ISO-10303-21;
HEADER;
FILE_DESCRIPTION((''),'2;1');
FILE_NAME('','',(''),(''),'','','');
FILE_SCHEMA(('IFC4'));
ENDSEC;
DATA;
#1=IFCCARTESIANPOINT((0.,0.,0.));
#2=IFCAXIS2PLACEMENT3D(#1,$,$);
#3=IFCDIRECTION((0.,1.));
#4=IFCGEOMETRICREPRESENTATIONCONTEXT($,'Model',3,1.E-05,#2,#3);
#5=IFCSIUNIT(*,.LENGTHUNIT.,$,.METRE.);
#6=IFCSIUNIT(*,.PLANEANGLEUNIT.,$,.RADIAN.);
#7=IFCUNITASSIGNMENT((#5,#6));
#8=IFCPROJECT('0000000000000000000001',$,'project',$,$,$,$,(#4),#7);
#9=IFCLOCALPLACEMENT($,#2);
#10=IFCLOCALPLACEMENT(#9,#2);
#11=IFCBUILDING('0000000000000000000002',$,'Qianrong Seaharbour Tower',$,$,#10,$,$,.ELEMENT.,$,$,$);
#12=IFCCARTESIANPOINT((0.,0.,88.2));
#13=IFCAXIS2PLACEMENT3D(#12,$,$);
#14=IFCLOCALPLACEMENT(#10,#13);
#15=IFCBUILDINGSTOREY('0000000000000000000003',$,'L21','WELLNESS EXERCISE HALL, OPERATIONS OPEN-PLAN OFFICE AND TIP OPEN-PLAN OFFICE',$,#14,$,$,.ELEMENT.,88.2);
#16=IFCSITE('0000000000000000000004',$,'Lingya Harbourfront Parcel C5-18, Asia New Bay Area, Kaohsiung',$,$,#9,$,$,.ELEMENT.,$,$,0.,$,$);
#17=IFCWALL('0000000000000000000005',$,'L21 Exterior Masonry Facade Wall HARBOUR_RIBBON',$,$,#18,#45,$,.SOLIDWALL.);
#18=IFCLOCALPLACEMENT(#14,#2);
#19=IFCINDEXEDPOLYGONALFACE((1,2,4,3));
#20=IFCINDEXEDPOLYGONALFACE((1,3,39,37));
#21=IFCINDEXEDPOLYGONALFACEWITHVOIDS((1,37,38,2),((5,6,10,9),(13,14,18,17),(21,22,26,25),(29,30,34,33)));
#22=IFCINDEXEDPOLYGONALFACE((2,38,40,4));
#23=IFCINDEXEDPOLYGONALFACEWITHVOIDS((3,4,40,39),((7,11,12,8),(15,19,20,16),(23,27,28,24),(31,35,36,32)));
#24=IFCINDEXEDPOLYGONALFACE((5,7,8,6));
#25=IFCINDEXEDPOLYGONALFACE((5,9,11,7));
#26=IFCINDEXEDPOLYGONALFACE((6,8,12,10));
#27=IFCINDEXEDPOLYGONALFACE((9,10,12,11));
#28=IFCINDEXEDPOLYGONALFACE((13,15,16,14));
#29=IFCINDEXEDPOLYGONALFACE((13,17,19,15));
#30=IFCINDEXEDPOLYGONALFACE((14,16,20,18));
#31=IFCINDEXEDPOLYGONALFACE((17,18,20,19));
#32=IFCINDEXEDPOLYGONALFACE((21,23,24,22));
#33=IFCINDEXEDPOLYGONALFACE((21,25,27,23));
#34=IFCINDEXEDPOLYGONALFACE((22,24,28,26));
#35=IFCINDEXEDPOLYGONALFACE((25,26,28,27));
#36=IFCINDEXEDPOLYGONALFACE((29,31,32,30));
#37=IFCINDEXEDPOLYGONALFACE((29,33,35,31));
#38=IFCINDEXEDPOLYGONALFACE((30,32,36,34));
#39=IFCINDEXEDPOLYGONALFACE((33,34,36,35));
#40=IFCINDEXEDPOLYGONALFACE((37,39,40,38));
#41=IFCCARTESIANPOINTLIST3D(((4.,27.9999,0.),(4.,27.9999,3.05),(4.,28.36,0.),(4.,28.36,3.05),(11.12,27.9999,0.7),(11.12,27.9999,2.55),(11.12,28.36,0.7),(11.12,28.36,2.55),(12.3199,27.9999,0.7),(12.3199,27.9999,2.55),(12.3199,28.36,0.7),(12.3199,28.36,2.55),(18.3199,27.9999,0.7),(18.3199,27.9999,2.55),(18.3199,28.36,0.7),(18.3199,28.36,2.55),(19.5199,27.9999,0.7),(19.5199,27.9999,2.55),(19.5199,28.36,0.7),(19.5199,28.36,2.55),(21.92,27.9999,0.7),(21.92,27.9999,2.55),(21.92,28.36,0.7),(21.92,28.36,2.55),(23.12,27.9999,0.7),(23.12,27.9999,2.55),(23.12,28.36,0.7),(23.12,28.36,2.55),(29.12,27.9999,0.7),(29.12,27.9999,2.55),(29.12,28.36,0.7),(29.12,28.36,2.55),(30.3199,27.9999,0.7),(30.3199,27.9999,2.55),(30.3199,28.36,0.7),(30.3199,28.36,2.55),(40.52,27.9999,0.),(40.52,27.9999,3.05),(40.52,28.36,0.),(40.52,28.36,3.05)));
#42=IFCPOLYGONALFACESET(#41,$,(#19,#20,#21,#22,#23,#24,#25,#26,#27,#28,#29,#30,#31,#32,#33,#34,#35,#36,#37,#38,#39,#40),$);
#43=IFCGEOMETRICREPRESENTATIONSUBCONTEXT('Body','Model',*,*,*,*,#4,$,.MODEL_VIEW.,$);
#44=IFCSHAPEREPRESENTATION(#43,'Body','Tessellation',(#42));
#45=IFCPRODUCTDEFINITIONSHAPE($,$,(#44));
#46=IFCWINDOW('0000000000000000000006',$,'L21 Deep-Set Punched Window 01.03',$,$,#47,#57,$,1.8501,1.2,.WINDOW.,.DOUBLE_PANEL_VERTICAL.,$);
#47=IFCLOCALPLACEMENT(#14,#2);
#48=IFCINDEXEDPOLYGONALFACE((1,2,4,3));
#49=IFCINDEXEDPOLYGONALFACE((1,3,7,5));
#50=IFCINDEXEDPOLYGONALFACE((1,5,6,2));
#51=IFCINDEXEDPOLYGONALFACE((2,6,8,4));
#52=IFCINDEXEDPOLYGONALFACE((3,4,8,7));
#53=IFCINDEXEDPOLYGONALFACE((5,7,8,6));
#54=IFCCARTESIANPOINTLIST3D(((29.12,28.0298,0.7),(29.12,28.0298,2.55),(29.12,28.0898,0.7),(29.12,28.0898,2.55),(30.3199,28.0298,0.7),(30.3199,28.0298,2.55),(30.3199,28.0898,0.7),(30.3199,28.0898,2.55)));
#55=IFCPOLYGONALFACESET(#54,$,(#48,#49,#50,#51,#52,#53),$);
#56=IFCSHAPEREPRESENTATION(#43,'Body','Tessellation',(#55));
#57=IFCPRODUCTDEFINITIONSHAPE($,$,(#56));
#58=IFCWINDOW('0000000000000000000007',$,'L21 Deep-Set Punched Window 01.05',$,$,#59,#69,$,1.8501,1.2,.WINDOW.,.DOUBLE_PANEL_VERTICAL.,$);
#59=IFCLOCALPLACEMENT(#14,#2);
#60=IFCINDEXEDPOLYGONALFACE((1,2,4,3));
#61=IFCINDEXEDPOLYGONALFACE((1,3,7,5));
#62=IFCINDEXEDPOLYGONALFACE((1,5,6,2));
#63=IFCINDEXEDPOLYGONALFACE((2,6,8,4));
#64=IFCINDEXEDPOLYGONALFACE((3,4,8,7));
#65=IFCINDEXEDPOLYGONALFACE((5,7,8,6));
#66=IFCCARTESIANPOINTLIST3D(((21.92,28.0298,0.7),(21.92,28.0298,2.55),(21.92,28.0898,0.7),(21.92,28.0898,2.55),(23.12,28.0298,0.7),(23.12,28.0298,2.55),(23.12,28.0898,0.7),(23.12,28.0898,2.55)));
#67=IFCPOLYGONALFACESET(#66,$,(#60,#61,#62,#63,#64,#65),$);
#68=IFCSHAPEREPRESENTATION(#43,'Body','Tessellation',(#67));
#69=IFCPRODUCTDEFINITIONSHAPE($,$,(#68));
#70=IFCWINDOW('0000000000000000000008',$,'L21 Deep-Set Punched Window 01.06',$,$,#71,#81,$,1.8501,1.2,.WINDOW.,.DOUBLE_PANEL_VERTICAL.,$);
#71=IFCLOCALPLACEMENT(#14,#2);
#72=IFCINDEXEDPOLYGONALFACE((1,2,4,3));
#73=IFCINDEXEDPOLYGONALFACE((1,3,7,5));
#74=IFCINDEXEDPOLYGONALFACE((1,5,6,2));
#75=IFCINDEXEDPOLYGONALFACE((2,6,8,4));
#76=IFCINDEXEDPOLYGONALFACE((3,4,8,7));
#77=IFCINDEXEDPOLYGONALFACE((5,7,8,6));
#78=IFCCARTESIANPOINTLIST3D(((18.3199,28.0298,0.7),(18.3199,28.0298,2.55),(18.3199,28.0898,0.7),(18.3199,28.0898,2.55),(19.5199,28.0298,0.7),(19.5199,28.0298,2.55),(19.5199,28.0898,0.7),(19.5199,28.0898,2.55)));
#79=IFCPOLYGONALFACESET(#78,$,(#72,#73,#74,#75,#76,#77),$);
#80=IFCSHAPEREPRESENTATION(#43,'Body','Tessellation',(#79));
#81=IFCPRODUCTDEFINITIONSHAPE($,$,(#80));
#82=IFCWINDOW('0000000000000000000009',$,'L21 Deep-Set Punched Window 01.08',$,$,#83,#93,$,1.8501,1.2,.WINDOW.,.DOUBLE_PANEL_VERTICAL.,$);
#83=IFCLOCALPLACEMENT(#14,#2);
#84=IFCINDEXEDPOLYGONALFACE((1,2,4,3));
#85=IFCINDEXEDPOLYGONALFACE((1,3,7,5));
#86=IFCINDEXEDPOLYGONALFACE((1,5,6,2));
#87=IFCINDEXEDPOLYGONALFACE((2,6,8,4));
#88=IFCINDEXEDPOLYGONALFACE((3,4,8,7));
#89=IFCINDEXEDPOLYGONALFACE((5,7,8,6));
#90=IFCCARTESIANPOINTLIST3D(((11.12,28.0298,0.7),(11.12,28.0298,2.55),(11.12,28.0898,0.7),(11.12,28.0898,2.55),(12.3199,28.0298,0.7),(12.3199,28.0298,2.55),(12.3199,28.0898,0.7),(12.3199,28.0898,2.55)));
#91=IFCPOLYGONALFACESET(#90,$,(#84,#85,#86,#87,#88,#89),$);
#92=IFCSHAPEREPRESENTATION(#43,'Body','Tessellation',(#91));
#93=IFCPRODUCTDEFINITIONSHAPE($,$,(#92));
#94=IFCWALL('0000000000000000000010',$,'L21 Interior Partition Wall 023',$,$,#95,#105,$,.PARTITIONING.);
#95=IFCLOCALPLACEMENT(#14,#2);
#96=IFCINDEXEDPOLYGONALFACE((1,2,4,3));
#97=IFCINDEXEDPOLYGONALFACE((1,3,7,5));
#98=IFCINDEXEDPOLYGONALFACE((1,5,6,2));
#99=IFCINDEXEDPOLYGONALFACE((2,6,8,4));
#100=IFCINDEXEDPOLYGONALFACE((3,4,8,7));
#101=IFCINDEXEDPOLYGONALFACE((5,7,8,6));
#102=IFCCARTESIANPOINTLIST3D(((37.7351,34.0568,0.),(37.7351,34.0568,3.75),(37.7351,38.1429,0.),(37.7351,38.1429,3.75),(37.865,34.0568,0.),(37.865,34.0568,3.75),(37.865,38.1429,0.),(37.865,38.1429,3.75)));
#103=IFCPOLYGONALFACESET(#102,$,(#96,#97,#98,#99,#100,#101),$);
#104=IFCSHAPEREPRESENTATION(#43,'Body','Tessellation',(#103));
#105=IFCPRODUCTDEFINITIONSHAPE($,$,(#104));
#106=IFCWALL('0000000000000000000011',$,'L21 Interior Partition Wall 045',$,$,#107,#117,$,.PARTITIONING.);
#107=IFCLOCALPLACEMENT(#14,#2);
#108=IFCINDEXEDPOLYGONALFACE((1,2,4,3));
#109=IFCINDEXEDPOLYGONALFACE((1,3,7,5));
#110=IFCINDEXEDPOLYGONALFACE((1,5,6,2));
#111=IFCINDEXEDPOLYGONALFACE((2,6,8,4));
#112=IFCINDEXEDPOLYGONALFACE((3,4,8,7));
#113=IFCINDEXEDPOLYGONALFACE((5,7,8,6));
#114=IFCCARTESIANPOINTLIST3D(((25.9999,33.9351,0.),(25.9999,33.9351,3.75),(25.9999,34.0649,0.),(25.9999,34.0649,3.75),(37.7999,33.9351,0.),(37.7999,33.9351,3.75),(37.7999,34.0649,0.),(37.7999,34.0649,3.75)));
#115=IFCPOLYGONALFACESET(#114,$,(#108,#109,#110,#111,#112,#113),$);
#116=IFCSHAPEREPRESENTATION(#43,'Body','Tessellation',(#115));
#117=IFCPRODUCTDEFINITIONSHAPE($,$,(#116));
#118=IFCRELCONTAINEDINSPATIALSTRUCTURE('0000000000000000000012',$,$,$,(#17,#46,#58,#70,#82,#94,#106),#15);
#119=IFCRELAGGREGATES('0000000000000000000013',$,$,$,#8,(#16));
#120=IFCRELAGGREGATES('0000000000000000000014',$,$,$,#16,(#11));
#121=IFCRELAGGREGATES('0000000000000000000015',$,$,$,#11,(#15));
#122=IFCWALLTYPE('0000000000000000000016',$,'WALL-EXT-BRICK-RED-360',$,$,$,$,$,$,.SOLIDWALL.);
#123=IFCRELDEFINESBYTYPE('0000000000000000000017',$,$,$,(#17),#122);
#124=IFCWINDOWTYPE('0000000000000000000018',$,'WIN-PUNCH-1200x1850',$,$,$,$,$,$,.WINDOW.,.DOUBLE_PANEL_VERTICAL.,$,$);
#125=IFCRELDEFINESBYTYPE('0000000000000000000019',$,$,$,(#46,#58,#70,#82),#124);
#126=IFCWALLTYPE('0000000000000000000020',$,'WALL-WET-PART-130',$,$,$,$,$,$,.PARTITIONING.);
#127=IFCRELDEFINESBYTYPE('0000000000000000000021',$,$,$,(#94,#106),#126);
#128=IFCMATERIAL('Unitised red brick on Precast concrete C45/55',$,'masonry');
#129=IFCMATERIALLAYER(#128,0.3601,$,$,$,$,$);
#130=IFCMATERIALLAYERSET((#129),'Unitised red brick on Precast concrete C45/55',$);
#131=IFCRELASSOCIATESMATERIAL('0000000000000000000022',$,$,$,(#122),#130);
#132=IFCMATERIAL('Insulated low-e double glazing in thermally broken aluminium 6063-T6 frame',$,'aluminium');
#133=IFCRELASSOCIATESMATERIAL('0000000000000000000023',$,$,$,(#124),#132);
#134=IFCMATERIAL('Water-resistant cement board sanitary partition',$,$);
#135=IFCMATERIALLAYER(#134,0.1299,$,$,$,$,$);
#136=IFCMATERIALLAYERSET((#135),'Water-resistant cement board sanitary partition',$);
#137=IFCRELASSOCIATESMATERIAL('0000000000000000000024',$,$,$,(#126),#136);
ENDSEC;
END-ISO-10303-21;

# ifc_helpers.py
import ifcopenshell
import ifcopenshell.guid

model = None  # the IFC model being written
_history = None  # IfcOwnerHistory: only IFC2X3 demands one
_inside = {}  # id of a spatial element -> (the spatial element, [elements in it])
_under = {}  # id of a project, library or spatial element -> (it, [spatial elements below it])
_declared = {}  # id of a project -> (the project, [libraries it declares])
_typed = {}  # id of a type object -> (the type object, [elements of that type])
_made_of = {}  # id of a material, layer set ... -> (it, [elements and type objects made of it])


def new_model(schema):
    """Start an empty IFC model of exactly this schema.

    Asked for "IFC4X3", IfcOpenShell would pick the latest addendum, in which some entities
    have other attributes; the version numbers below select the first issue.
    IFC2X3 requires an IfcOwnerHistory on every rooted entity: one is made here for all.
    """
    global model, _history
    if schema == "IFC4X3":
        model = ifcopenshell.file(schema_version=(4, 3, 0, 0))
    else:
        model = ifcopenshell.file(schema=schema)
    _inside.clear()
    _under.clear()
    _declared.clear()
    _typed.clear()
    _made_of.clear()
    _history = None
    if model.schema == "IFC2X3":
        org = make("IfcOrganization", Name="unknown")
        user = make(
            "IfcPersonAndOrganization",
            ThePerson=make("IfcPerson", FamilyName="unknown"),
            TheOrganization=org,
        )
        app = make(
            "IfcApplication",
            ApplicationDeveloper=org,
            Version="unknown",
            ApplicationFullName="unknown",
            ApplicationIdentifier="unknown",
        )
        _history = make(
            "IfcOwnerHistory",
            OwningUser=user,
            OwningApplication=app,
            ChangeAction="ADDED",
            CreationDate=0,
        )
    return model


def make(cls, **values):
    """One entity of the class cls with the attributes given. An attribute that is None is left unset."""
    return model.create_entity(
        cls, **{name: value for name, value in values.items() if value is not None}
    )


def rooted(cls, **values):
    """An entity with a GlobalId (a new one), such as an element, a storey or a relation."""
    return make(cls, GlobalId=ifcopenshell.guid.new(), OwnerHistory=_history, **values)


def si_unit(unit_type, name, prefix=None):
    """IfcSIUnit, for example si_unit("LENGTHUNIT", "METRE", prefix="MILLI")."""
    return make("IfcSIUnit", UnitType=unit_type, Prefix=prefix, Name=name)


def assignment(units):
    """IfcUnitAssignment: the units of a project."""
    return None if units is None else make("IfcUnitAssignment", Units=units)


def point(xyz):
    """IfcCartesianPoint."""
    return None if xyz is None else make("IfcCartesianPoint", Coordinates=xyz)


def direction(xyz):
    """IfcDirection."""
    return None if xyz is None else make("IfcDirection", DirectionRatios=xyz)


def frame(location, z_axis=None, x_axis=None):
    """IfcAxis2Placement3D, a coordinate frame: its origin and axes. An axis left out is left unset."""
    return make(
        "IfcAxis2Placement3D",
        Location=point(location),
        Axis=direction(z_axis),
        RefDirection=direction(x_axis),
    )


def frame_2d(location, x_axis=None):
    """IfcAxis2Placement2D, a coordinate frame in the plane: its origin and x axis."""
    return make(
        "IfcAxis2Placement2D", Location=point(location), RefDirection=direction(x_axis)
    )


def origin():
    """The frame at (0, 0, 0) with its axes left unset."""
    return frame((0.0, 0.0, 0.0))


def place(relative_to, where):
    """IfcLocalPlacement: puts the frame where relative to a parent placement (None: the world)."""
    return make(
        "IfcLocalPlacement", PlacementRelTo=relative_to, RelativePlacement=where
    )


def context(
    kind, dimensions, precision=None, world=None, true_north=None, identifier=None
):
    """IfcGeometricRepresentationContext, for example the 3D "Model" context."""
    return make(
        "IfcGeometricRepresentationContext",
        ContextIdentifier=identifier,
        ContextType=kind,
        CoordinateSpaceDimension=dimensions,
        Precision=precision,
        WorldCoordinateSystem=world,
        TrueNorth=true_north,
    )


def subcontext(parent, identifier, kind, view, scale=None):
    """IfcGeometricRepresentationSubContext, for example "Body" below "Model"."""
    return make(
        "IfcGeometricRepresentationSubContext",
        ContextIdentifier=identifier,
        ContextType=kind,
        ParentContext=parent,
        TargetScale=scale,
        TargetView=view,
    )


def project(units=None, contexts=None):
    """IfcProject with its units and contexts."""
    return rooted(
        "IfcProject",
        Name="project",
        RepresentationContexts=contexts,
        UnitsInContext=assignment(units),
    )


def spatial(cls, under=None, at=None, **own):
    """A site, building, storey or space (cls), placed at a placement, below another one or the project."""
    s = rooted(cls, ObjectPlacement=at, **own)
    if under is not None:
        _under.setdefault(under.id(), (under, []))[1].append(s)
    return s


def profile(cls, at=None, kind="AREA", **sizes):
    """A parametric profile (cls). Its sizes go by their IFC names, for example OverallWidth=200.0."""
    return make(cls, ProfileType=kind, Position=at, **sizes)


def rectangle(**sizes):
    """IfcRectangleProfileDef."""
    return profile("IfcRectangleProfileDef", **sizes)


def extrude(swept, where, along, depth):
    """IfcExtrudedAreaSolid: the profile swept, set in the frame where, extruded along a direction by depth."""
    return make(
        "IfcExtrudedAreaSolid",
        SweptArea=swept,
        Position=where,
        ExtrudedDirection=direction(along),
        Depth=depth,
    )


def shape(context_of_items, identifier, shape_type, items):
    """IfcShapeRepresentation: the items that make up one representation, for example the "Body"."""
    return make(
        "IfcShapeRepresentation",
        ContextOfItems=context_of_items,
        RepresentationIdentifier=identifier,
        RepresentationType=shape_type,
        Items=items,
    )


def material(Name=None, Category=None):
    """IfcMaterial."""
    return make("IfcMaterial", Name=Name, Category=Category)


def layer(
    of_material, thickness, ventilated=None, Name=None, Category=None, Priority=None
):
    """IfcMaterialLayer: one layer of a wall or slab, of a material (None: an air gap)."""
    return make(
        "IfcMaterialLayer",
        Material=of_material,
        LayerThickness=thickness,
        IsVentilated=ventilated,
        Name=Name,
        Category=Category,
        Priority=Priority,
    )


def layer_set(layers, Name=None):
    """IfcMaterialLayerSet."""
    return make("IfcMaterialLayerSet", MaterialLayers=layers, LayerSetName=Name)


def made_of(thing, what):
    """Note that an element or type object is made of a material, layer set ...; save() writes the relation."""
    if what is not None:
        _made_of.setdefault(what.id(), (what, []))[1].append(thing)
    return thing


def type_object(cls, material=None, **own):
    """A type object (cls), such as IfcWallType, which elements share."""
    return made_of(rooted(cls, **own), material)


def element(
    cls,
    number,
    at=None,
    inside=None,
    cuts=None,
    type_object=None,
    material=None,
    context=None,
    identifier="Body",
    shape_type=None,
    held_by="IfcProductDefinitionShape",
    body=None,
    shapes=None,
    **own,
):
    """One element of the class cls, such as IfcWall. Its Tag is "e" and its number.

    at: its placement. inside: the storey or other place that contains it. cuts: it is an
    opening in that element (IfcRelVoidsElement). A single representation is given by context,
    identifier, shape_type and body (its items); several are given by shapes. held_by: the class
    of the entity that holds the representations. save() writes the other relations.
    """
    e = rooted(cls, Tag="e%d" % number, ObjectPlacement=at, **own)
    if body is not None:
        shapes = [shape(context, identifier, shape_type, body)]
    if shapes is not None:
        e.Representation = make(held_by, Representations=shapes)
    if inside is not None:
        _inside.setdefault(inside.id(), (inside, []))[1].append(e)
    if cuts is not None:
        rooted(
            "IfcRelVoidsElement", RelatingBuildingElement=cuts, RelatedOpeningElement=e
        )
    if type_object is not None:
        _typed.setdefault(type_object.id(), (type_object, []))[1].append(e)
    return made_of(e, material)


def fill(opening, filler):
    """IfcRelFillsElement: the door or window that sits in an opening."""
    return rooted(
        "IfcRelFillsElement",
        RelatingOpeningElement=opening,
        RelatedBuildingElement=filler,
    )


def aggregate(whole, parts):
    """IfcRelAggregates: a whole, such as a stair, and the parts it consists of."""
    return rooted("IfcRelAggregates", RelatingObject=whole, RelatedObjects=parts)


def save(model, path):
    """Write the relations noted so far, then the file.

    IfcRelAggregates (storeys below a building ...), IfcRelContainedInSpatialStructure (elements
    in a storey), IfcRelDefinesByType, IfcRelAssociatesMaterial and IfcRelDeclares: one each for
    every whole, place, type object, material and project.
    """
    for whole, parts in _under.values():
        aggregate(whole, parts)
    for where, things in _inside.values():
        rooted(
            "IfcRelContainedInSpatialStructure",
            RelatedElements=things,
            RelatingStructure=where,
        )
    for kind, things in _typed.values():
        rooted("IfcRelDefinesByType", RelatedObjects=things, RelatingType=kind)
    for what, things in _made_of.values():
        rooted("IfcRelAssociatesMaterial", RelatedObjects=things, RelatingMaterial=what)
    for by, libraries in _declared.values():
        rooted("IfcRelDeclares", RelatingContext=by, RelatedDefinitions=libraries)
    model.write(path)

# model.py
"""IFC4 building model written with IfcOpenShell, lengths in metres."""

from ifc_helpers import new_model, si_unit, direction, frame, frame_2d, origin, place, context, subcontext, project, spatial, rectangle, extrude, material, layer, layer_set, type_object, element, fill, save


model = new_model("IFC4")

# Units and contexts
model_context = context("Model", 3, precision=1e-05, world=origin(), true_north=direction((0.0, 1.0)))
body_context = subcontext(model_context, "Body", "Model", "MODEL_VIEW")
ifc_project = project(units=[si_unit("LENGTHUNIT", "METRE"), si_unit("PLANEANGLEUNIT", "RADIAN")], contexts=[model_context])

# Site, building, storey
site_placement = place(None, origin())
site = spatial("IfcSite", under=ifc_project, at=site_placement, Name="Lingya Harbourfront Parcel C5-18, Asia New Bay Area, Kaohsiung", CompositionType="ELEMENT", RefElevation=0.0)
building_placement = place(site_placement, origin())
building = spatial("IfcBuilding", under=site, at=building_placement, Name="Qianrong Seaharbour Tower", CompositionType="ELEMENT")
storey_placement = place(building_placement, frame((0.0, 0.0, 88.2)))
storey = spatial("IfcBuildingStorey", under=building, at=storey_placement, Name="L21", Description="WELLNESS EXERCISE HALL, OPERATIONS OPEN-PLAN OFFICE AND TIP OPEN-PLAN OFFICE", CompositionType="ELEMENT", Elevation=88.2)

# Wall, openings, windows
ifc_material_1 = material(Name="Unitised red brick on Precast concrete C45/55", Category="masonry")
ifc_layer_1 = layer(ifc_material_1, 0.3601)
ifc_layer_set_1 = layer_set([ifc_layer_1], Name="Unitised red brick on Precast concrete C45/55")
wall_type_1 = type_object("IfcWallType", Name="WALL-EXT-BRICK-RED-360", PredefinedType="SOLIDWALL", material=ifc_layer_set_1)
wall_1_placement = place(storey_placement, frame((40.52, 28.1799, 0.0), z_axis=(0.0, 0.0, 1.0), x_axis=(-1.0, 0.0, 0.0)))
wall_1 = element("IfcWall", 1, at=wall_1_placement, inside=storey, type_object=wall_type_1, Name="L21 Exterior Masonry Facade Wall HARBOUR_RIBBON", PredefinedType="SOLIDWALL", context=body_context, shape_type="SweptSolid", body=[
    extrude(rectangle(XDim=36.52, YDim=0.3601, at=frame_2d((18.26, 0.0))), origin(), (0.0, 0.0, 1.0), 3.05),
])
opening_1_placement = place(wall_1_placement, frame((10.2, 0.0, 0.7)))
opening_1 = element("IfcOpeningElement", 2, at=opening_1_placement, cuts=wall_1, PredefinedType="OPENING", context=body_context, shape_type="SweptSolid", body=[
    extrude(rectangle(XDim=1.2, YDim=1.8501, at=frame_2d((0.6001, 0.925))), frame((0.0, 0.1899, 0.0), z_axis=(0.0, -1.0, 0.0), x_axis=(1.0, 0.0, 0.0)), (0.0, 0.0, 1.0), 0.3801),
])
opening_2_placement = place(wall_1_placement, frame((17.3999, 0.0, 0.7)))
opening_2 = element("IfcOpeningElement", 3, at=opening_2_placement, cuts=wall_1, PredefinedType="OPENING", context=body_context, shape_type="SweptSolid", body=[
    extrude(rectangle(XDim=1.2, YDim=1.8501, at=frame_2d((0.6001, 0.925))), frame((0.0, 0.1899, 0.0), z_axis=(0.0, -1.0, 0.0), x_axis=(1.0, 0.0, 0.0)), (0.0, 0.0, 1.0), 0.3801),
])
opening_3_placement = place(wall_1_placement, frame((21.0, 0.0, 0.7)))
opening_3 = element("IfcOpeningElement", 4, at=opening_3_placement, cuts=wall_1, PredefinedType="OPENING", context=body_context, shape_type="SweptSolid", body=[
    extrude(rectangle(XDim=1.2, YDim=1.8501, at=frame_2d((0.6001, 0.925))), frame((0.0, 0.1899, 0.0), z_axis=(0.0, -1.0, 0.0), x_axis=(1.0, 0.0, 0.0)), (0.0, 0.0, 1.0), 0.3801),
])
opening_4_placement = place(wall_1_placement, frame((28.2, 0.0, 0.7)))
opening_4 = element("IfcOpeningElement", 5, at=opening_4_placement, cuts=wall_1, PredefinedType="OPENING", context=body_context, shape_type="SweptSolid", body=[
    extrude(rectangle(XDim=1.2, YDim=1.8501, at=frame_2d((0.6001, 0.925))), frame((0.0, 0.1899, 0.0), z_axis=(0.0, -1.0, 0.0), x_axis=(1.0, 0.0, 0.0)), (0.0, 0.0, 1.0), 0.3801),
])
ifc_material_2 = material(Name="Insulated low-e double glazing in thermally broken aluminium 6063-T6 frame", Category="aluminium")
window_type = type_object("IfcWindowType", Name="WIN-PUNCH-1200x1850", PartitioningType="DOUBLE_PANEL_VERTICAL", PredefinedType="WINDOW", material=ifc_material_2)
window_1_placement = place(opening_1_placement, origin())
window_1 = element("IfcWindow", 6, at=window_1_placement, inside=storey, type_object=window_type, Name="L21 Deep-Set Punched Window 01.03", OverallHeight=1.8501, OverallWidth=1.2, PartitioningType="DOUBLE_PANEL_VERTICAL", PredefinedType="WINDOW", context=body_context, shape_type="SweptSolid", body=[
    extrude(rectangle(XDim=1.2, YDim=1.8501, at=frame_2d((0.6001, 0.925))), frame((0.0, 0.1501, 0.0), z_axis=(0.0, -1.0, 0.0), x_axis=(1.0, 0.0, 0.0)), (0.0, 0.0, 1.0), 0.0601),
])
fill(opening_1, window_1)
window_2_placement = place(opening_2_placement, origin())
window_2 = element("IfcWindow", 7, at=window_2_placement, inside=storey, type_object=window_type, Name="L21 Deep-Set Punched Window 01.05", OverallHeight=1.8501, OverallWidth=1.2, PartitioningType="DOUBLE_PANEL_VERTICAL", PredefinedType="WINDOW", context=body_context, shape_type="SweptSolid", body=[
    extrude(rectangle(XDim=1.2, YDim=1.8501, at=frame_2d((0.6001, 0.925))), frame((0.0, 0.1501, 0.0), z_axis=(0.0, -1.0, 0.0), x_axis=(1.0, 0.0, 0.0)), (0.0, 0.0, 1.0), 0.0601),
])
fill(opening_2, window_2)
window_3_placement = place(opening_3_placement, origin())
window_3 = element("IfcWindow", 8, at=window_3_placement, inside=storey, type_object=window_type, Name="L21 Deep-Set Punched Window 01.06", OverallHeight=1.8501, OverallWidth=1.2, PartitioningType="DOUBLE_PANEL_VERTICAL", PredefinedType="WINDOW", context=body_context, shape_type="SweptSolid", body=[
    extrude(rectangle(XDim=1.2, YDim=1.8501, at=frame_2d((0.6001, 0.925))), frame((0.0, 0.1501, 0.0), z_axis=(0.0, -1.0, 0.0), x_axis=(1.0, 0.0, 0.0)), (0.0, 0.0, 1.0), 0.0601),
])
fill(opening_3, window_3)
window_4_placement = place(opening_4_placement, origin())
window_4 = element("IfcWindow", 9, at=window_4_placement, inside=storey, type_object=window_type, Name="L21 Deep-Set Punched Window 01.08", OverallHeight=1.8501, OverallWidth=1.2, PartitioningType="DOUBLE_PANEL_VERTICAL", PredefinedType="WINDOW", context=body_context, shape_type="SweptSolid", body=[
    extrude(rectangle(XDim=1.2, YDim=1.8501, at=frame_2d((0.6001, 0.925))), frame((0.0, 0.1501, 0.0), z_axis=(0.0, -1.0, 0.0), x_axis=(1.0, 0.0, 0.0)), (0.0, 0.0, 1.0), 0.0601),
])
fill(opening_4, window_4)

# Walls
ifc_material_3 = material(Name="Water-resistant cement board sanitary partition")
ifc_layer_2 = layer(ifc_material_3, 0.1299)
ifc_layer_set_2 = layer_set([ifc_layer_2], Name="Water-resistant cement board sanitary partition")
wall_type_2 = type_object("IfcWallType", Name="WALL-WET-PART-130", PredefinedType="PARTITIONING", material=ifc_layer_set_2)
wall_2_placement = place(storey_placement, frame((37.8, 34.0569, 0.0), z_axis=(0.0, 0.0, 1.0), x_axis=(0.0, 1.0, 0.0)))
element("IfcWall", 10, at=wall_2_placement, inside=storey, type_object=wall_type_2, Name="L21 Interior Partition Wall 023", PredefinedType="PARTITIONING", context=body_context, shape_type="SweptSolid", body=[
    extrude(rectangle(XDim=4.0862, YDim=0.1299, at=frame_2d((2.043, 0.0))), origin(), (0.0, 0.0, 1.0), 3.75),
])
wall_3_placement = place(storey_placement, frame((26.0, 34.0, 0.0), z_axis=(0.0, 0.0, 1.0), x_axis=(1.0, 0.0, 0.0)))
element("IfcWall", 11, at=wall_3_placement, inside=storey, type_object=wall_type_2, Name="L21 Interior Partition Wall 045", PredefinedType="PARTITIONING", context=body_context, shape_type="SweptSolid", body=[
    extrude(rectangle(XDim=11.8, YDim=0.1299, at=frame_2d((5.8999, 0.0))), origin(), (0.0, 0.0, 1.0), 3.75),
])

save(model, "model.ifc")
